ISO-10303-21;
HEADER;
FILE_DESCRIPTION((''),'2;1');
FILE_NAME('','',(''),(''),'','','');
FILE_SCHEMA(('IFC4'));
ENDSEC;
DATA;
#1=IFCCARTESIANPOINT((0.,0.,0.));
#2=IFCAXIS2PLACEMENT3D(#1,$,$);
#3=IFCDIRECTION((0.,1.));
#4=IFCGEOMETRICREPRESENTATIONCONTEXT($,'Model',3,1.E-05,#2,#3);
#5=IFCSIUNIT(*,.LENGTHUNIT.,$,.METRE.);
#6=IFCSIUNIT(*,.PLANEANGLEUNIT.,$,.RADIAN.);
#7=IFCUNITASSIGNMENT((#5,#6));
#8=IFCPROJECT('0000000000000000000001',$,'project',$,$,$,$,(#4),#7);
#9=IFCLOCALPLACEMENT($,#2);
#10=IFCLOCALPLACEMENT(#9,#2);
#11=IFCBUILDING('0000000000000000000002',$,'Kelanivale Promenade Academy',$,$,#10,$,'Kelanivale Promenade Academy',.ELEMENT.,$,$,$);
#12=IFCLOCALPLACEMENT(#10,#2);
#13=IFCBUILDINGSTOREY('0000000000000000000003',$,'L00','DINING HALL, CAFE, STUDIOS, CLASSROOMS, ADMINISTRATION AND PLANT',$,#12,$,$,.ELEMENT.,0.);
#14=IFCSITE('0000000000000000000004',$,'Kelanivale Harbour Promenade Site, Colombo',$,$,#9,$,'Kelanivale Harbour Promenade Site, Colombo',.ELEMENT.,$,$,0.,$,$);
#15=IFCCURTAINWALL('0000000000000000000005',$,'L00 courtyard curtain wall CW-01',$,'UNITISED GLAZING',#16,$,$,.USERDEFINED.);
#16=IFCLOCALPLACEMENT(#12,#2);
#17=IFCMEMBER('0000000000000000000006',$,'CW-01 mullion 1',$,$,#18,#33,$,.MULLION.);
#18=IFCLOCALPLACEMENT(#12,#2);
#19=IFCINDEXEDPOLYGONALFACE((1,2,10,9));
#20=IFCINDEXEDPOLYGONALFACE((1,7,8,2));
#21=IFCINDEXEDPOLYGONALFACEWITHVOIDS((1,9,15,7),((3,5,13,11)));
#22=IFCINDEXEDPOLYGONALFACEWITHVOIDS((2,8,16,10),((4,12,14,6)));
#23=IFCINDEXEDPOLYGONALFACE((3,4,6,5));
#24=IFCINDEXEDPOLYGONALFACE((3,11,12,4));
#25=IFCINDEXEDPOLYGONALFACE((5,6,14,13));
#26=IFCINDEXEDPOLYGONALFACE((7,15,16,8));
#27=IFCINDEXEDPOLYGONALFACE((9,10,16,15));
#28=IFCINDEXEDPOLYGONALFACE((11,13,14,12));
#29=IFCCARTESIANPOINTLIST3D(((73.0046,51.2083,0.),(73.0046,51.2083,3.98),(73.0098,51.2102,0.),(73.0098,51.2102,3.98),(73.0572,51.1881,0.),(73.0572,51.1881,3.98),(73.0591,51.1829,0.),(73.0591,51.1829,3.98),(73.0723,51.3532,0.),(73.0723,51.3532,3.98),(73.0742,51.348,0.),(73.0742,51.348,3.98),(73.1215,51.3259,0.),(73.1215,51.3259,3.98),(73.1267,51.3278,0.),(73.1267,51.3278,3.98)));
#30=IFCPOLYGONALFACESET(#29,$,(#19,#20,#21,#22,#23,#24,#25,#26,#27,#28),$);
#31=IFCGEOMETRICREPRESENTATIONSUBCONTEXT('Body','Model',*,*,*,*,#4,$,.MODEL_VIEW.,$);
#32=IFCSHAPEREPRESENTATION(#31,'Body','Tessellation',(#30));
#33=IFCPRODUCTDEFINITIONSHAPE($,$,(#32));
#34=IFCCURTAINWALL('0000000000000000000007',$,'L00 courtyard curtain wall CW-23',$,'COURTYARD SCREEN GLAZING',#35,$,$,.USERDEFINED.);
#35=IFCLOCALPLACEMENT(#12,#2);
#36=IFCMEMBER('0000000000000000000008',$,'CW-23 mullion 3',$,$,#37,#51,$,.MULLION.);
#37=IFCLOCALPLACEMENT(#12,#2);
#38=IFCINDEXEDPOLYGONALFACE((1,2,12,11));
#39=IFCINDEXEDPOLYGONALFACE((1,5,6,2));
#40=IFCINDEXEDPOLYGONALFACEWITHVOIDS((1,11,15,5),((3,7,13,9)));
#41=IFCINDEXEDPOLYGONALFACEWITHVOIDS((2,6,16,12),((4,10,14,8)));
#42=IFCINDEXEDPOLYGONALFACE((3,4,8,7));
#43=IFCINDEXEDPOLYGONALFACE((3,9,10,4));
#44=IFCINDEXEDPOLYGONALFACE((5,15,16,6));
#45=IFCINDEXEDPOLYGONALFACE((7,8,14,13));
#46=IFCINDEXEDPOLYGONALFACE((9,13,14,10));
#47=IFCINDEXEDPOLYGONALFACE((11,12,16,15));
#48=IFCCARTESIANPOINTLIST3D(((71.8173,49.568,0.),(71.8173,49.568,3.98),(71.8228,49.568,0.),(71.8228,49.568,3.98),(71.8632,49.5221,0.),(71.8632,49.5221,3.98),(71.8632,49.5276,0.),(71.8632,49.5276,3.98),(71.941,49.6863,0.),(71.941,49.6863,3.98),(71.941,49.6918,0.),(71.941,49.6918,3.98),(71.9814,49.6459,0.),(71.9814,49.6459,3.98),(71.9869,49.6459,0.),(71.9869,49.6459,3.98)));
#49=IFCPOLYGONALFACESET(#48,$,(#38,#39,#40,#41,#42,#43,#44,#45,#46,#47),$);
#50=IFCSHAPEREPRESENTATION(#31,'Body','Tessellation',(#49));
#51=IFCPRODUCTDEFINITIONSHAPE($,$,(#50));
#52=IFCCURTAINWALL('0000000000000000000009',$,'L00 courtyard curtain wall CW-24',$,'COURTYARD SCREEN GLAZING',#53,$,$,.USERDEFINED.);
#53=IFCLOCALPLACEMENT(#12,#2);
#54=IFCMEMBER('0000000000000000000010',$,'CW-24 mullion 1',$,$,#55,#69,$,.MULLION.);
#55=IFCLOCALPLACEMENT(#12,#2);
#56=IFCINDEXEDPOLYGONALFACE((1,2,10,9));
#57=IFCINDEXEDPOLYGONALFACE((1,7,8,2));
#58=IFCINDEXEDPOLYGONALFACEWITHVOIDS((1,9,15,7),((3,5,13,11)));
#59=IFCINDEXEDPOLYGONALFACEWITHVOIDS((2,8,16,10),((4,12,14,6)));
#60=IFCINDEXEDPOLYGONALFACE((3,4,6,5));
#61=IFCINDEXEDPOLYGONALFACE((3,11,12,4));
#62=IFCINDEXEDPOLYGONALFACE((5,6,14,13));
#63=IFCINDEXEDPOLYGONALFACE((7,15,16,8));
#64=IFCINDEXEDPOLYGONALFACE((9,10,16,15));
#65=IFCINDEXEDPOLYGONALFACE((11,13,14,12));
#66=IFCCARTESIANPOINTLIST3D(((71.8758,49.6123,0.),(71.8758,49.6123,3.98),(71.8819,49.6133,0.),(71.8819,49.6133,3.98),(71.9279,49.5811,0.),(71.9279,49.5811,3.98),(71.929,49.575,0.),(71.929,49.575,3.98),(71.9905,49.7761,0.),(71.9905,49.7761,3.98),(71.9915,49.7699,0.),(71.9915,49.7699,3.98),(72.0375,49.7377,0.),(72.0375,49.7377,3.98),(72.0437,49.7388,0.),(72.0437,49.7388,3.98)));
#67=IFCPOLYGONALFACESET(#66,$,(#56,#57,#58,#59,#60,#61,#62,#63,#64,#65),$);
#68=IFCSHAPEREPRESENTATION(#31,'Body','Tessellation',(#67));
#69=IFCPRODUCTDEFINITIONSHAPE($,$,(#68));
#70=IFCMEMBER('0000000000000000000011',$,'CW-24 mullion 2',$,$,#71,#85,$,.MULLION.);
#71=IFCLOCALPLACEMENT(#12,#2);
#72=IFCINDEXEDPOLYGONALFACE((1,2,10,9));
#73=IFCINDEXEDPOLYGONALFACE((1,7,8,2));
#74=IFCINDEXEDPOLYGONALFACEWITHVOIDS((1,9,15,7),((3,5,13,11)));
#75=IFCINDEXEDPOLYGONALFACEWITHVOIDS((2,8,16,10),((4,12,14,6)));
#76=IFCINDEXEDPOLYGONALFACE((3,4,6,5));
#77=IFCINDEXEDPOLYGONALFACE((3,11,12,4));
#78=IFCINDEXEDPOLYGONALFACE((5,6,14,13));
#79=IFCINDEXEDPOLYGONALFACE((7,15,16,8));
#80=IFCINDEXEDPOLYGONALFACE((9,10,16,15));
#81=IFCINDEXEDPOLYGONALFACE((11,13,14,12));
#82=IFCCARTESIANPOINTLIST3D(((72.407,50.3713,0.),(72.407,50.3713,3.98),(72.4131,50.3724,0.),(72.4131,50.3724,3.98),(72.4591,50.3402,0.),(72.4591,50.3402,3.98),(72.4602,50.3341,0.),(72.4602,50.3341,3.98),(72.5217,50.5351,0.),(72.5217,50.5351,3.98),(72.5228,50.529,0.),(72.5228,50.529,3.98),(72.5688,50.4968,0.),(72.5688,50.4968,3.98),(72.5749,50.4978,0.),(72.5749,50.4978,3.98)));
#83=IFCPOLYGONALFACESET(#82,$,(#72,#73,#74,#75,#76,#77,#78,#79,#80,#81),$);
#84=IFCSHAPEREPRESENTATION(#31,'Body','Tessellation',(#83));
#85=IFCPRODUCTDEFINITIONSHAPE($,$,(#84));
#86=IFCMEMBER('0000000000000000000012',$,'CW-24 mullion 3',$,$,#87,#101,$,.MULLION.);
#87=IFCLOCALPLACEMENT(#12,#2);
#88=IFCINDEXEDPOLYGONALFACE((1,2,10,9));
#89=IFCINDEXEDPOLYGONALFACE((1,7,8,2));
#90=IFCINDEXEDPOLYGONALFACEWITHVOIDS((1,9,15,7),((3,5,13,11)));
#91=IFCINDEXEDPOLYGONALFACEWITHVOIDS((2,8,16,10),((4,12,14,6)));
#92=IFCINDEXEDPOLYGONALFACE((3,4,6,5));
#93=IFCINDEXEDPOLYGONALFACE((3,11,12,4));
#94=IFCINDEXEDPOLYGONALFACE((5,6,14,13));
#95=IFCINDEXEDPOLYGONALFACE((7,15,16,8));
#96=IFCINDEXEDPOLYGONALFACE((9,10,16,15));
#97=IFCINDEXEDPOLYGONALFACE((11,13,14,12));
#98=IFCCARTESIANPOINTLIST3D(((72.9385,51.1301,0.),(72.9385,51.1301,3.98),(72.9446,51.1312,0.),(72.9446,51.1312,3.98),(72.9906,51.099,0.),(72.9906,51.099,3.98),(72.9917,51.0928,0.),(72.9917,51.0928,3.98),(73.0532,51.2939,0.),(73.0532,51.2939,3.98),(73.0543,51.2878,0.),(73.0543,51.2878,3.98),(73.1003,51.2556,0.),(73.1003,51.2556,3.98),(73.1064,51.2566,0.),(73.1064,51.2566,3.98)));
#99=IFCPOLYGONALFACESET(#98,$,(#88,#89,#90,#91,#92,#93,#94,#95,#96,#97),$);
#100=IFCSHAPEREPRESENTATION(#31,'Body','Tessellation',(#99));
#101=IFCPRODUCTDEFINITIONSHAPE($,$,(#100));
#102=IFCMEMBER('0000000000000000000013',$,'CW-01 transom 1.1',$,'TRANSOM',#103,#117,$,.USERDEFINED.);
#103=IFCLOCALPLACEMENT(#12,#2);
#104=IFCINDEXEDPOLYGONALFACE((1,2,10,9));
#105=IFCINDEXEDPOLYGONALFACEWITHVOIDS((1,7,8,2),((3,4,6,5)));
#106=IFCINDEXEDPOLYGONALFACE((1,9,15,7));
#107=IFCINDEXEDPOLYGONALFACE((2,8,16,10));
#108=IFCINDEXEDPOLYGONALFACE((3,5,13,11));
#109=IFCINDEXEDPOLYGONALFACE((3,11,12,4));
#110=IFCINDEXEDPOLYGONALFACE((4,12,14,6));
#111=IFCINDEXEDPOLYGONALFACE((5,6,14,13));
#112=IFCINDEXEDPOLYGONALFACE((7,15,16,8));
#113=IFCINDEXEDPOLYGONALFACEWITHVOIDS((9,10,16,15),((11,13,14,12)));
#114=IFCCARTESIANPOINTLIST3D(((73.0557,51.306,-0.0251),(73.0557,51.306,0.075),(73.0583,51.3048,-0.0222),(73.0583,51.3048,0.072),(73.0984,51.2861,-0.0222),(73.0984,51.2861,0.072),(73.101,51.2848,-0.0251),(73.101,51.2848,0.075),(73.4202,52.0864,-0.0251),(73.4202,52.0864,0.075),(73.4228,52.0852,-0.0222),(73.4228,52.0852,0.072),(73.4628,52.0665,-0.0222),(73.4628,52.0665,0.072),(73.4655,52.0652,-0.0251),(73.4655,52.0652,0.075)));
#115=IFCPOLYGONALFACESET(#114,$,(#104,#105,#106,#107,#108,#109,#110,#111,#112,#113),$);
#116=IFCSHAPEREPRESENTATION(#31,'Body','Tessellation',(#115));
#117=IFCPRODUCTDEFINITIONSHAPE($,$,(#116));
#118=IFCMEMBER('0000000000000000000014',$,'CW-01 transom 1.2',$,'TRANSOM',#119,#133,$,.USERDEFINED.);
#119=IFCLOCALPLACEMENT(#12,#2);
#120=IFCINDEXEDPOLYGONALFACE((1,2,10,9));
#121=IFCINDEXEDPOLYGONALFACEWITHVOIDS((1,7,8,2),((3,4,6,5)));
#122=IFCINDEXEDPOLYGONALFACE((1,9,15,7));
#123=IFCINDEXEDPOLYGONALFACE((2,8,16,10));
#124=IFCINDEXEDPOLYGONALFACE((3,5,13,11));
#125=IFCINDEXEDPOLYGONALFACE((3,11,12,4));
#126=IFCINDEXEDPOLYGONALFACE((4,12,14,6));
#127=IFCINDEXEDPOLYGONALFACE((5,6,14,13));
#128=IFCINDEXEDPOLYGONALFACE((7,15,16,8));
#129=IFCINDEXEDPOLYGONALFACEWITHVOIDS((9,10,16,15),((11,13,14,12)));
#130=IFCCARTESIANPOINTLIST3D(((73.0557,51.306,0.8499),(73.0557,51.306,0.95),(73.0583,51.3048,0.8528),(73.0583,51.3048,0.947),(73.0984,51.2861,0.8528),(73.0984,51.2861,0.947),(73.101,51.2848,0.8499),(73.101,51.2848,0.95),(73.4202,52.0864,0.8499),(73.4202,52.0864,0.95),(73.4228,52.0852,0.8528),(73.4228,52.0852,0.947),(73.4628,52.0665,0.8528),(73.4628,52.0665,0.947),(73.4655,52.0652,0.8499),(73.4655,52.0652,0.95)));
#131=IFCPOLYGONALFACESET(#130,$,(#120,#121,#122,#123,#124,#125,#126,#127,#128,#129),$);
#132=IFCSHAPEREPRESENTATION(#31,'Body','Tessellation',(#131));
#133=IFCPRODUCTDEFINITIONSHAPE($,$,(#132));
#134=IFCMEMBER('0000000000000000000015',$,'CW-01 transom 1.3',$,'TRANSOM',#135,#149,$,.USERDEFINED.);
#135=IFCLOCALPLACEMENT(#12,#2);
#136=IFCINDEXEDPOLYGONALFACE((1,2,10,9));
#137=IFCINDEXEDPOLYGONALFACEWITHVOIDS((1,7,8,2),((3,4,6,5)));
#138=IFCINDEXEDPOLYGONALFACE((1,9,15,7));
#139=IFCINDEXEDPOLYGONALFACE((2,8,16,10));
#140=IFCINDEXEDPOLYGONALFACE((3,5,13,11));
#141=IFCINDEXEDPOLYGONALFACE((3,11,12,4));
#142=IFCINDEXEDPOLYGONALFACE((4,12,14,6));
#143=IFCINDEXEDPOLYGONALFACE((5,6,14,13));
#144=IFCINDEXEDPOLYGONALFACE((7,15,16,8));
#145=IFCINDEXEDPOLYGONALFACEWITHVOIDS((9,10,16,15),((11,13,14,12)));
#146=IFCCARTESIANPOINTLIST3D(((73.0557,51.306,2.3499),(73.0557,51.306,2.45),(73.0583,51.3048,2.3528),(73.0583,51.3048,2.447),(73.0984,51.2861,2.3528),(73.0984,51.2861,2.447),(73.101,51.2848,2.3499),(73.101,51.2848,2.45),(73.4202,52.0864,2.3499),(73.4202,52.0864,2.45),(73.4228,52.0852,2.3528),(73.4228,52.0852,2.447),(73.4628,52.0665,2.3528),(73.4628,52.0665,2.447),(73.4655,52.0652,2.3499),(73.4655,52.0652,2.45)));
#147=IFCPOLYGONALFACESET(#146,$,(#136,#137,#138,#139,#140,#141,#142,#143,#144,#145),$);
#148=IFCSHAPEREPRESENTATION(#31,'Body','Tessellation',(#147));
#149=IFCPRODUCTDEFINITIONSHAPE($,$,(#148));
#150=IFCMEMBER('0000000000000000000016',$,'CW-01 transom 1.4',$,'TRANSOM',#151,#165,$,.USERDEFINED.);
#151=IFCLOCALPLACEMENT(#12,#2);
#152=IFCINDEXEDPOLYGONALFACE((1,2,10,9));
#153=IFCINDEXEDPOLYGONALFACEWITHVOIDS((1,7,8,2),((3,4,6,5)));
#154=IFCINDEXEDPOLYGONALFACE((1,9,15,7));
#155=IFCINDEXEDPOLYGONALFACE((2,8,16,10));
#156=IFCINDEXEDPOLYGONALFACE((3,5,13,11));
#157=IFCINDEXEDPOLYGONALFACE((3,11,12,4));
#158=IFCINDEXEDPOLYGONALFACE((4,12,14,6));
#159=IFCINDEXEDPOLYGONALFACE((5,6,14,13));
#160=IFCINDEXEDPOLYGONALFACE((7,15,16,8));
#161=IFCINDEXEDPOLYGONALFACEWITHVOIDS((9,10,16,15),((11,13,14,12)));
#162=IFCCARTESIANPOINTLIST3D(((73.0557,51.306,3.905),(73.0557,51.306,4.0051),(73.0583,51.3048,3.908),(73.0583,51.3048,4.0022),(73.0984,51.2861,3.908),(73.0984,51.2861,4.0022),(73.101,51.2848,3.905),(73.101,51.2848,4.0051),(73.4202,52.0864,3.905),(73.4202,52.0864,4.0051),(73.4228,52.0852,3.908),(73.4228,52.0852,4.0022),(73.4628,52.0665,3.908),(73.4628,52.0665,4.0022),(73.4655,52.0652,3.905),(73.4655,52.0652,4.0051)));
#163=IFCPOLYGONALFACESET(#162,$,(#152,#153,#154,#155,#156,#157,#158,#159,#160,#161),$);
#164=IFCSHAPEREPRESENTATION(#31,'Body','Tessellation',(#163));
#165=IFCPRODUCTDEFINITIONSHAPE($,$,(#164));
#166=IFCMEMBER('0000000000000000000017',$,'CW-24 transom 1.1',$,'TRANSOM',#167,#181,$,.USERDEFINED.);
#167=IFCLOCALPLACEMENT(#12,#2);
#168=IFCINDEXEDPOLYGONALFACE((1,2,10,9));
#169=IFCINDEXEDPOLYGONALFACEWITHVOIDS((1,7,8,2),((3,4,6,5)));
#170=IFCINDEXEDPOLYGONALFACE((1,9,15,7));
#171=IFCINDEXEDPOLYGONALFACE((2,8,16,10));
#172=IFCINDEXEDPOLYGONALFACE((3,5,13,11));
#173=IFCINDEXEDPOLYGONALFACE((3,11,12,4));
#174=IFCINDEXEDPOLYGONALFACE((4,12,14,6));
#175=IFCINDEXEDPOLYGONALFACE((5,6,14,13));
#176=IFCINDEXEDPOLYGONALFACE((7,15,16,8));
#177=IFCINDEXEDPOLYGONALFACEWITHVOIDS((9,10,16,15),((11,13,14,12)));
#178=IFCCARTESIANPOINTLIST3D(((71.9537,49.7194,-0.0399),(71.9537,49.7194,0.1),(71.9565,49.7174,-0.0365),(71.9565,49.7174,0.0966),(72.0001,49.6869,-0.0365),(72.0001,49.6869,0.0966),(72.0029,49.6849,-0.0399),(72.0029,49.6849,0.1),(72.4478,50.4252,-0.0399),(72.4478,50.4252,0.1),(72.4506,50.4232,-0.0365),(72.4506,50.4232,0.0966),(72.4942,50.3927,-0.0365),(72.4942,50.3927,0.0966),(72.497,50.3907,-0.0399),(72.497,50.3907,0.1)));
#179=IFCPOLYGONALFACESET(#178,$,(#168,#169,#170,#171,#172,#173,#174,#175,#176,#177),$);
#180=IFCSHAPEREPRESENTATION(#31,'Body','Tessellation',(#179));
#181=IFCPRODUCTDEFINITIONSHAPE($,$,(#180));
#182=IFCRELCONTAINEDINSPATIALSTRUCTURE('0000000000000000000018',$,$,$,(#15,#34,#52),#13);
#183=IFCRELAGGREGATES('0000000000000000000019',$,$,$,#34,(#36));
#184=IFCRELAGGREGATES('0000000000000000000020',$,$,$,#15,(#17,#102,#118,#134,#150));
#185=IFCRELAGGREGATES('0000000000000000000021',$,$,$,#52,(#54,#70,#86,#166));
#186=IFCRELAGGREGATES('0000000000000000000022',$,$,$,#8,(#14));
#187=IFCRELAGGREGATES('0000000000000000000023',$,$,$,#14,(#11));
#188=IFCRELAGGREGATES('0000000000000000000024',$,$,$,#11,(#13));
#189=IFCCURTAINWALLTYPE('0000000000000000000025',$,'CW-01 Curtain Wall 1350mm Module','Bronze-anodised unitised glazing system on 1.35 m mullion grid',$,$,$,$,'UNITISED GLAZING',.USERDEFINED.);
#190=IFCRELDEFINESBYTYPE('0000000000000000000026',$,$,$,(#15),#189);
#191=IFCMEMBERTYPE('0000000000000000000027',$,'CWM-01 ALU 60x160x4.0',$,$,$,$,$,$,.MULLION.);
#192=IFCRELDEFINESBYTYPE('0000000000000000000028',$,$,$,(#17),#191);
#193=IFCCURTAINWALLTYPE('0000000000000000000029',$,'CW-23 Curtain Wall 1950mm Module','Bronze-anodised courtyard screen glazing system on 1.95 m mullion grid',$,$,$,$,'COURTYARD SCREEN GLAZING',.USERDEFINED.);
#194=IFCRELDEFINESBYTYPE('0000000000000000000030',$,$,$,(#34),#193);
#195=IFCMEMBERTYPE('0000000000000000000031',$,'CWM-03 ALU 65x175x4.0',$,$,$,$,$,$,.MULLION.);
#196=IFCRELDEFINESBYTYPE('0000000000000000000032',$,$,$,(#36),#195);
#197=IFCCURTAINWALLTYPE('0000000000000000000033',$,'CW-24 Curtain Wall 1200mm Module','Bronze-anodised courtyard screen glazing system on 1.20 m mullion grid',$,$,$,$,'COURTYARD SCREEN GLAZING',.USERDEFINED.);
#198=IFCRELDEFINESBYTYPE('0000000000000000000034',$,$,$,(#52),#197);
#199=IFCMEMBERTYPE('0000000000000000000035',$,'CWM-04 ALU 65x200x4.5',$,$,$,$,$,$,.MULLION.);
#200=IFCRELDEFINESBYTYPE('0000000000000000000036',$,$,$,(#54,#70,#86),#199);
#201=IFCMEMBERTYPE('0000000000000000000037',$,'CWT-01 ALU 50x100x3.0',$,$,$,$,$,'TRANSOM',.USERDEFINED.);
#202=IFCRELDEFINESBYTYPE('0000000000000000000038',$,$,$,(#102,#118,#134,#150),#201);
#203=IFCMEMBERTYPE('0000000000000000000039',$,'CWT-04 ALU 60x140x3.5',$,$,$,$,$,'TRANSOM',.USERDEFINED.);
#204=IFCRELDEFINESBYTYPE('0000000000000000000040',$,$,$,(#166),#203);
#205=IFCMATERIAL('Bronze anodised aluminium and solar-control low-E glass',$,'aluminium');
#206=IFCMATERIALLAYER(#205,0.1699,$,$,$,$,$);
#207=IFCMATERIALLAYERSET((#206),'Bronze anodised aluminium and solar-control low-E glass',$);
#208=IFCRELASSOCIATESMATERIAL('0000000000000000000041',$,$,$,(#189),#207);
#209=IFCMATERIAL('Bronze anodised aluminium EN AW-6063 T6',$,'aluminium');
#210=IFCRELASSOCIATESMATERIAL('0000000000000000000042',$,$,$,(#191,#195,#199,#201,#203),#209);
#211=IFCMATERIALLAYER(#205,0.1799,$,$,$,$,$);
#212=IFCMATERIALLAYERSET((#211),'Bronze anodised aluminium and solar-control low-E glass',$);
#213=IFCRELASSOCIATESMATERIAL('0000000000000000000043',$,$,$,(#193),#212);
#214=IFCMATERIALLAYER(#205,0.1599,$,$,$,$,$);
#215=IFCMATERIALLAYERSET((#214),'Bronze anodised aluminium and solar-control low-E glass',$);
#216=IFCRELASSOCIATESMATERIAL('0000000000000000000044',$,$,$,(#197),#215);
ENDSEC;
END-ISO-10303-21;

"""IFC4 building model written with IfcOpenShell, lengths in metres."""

from ifc_helpers import new_model, si_unit, direction, frame, origin, origin_2d, place, context, subcontext, project, spatial, hollow_rectangle, extrude, material, layer, layer_set, material_profile, profile_set, type_object, element, aggregate, save


model = new_model("IFC4")

# Units and contexts
model_context = context("Model", 3, precision=1e-05, world=origin(), true_north=direction((0.0, 1.0)))
body_context = subcontext(model_context, "Body", "Model", "MODEL_VIEW")
ifc_project = project(units=[si_unit("LENGTHUNIT", "METRE"), si_unit("PLANEANGLEUNIT", "RADIAN")], contexts=[model_context])

# Site, building, storey
site_placement = place(None, origin())
site = spatial("IfcSite", under=ifc_project, at=site_placement, Name="Kelanivale Harbour Promenade Site, Colombo", LongName="Kelanivale Harbour Promenade Site, Colombo", CompositionType="ELEMENT", RefElevation=0.0)
building_placement = place(site_placement, origin())
building = spatial("IfcBuilding", under=site, at=building_placement, Name="Kelanivale Promenade Academy", LongName="Kelanivale Promenade Academy", CompositionType="ELEMENT")
storey_placement = place(building_placement, origin())
storey = spatial("IfcBuildingStorey", under=building, at=storey_placement, Name="L00", Description="DINING HALL, CAFE, STUDIOS, CLASSROOMS, ADMINISTRATION AND PLANT", CompositionType="ELEMENT", Elevation=0.0)

# Curtain walls, members
ifc_material_1 = material(Name="Bronze anodised aluminium and solar-control low-E glass", Category="aluminium")
ifc_layer_1 = layer(ifc_material_1, 0.1699)
ifc_layer_set_1 = layer_set([ifc_layer_1], Name="Bronze anodised aluminium and solar-control low-E glass")
curtain_wall_type_1 = type_object("IfcCurtainWallType", Name="CW-01 Curtain Wall 1350mm Module", Description="Bronze-anodised unitised glazing system on 1.35 m mullion grid", ElementType="UNITISED GLAZING", PredefinedType="USERDEFINED", material=ifc_layer_set_1)
curtain_wall_1_placement = place(storey_placement, origin())
curtain_wall_1 = element("IfcCurtainWall", 1, at=curtain_wall_1_placement, inside=storey, type_object=curtain_wall_type_1, Name="L00 courtyard curtain wall CW-01", ObjectType="UNITISED GLAZING", PredefinedType="USERDEFINED")
ifc_material_2 = material(Name="Bronze anodised aluminium EN AW-6063 T6", Category="aluminium")
ifc_material_profile_1 = material_profile(ifc_material_2, hollow_rectangle(XDim=0.0601, YDim=0.1599, WallThickness=0.0039, at=origin_2d()), Name="ALU 60x160x4.0")
ifc_profile_set_1 = profile_set([ifc_material_profile_1], Name="Bronze anodised aluminium EN AW-6063 T6")
member_type_1 = type_object("IfcMemberType", Name="CWM-01 ALU 60x160x4.0", PredefinedType="MULLION", material=ifc_profile_set_1)
member_1_placement = place(storey_placement, frame((73.0657, 51.2681, 0.0), z_axis=(0.0, 0.0, 1.0), x_axis=(-0.906089, 0.423087, 0.0)))
member_1 = element("IfcMember", 2, at=member_1_placement, type_object=member_type_1, Name="CW-01 mullion 1", PredefinedType="MULLION", context=body_context, shape_type="SweptSolid", body=[
    extrude(hollow_rectangle(XDim=0.0601, YDim=0.1599, WallThickness=0.0039, at=origin_2d()), origin(), (0.0, 0.0, 1.0), 3.98),
])
ifc_layer_2 = layer(ifc_material_1, 0.1799)
ifc_layer_set_2 = layer_set([ifc_layer_2], Name="Bronze anodised aluminium and solar-control low-E glass")
curtain_wall_type_2 = type_object("IfcCurtainWallType", Name="CW-23 Curtain Wall 1950mm Module", Description="Bronze-anodised courtyard screen glazing system on 1.95 m mullion grid", ElementType="COURTYARD SCREEN GLAZING", PredefinedType="USERDEFINED", material=ifc_layer_set_2)
curtain_wall_2_placement = place(storey_placement, origin())
curtain_wall_2 = element("IfcCurtainWall", 3, at=curtain_wall_2_placement, inside=storey, type_object=curtain_wall_type_2, Name="L00 courtyard curtain wall CW-23", ObjectType="COURTYARD SCREEN GLAZING", PredefinedType="USERDEFINED")
ifc_material_profile_2 = material_profile(ifc_material_2, hollow_rectangle(XDim=0.0649, YDim=0.175, WallThickness=0.0039, at=origin_2d()), Name="ALU 65x175x4.0")
ifc_profile_set_2 = profile_set([ifc_material_profile_2], Name="Bronze anodised aluminium EN AW-6063 T6")
member_type_2 = type_object("IfcMemberType", Name="CWM-03 ALU 65x175x4.0", PredefinedType="MULLION", material=ifc_profile_set_2)
member_2_placement = place(storey_placement, frame((71.9021, 49.6069, 0.0), z_axis=(0.0, 0.0, 1.0), x_axis=(-0.707107, 0.707107, 0.0)))
member_2 = element("IfcMember", 4, at=member_2_placement, type_object=member_type_2, Name="CW-23 mullion 3", PredefinedType="MULLION", context=body_context, shape_type="SweptSolid", body=[
    extrude(hollow_rectangle(XDim=0.0649, YDim=0.175, WallThickness=0.0039, at=origin_2d()), origin(), (0.0, 0.0, 1.0), 3.98),
])
aggregate(curtain_wall_2, [member_2])

# Curtain wall, members
ifc_layer_3 = layer(ifc_material_1, 0.1599)
ifc_layer_set_3 = layer_set([ifc_layer_3], Name="Bronze anodised aluminium and solar-control low-E glass")
curtain_wall_type_3 = type_object("IfcCurtainWallType", Name="CW-24 Curtain Wall 1200mm Module", Description="Bronze-anodised courtyard screen glazing system on 1.20 m mullion grid", ElementType="COURTYARD SCREEN GLAZING", PredefinedType="USERDEFINED", material=ifc_layer_set_3)
curtain_wall_3_placement = place(storey_placement, origin())
curtain_wall_3 = element("IfcCurtainWall", 5, at=curtain_wall_3_placement, inside=storey, type_object=curtain_wall_type_3, Name="L00 courtyard curtain wall CW-24", ObjectType="COURTYARD SCREEN GLAZING", PredefinedType="USERDEFINED")
ifc_material_profile_3 = material_profile(ifc_material_2, hollow_rectangle(XDim=0.0649, YDim=0.2, WallThickness=0.0044, at=origin_2d()), Name="ALU 65x200x4.5")
ifc_profile_set_3 = profile_set([ifc_material_profile_3], Name="Bronze anodised aluminium EN AW-6063 T6")
member_type_3 = type_object("IfcMemberType", Name="CWM-04 ALU 65x200x4.5", PredefinedType="MULLION", material=ifc_profile_set_3)
member_3_placement = place(storey_placement, frame((71.9597, 49.6755, 0.0), z_axis=(0.0, 0.0, 1.0), x_axis=(-0.819158, 0.573567, 0.0)))
member_3 = element("IfcMember", 6, at=member_3_placement, type_object=member_type_3, Name="CW-24 mullion 1", PredefinedType="MULLION", context=body_context, shape_type="SweptSolid", body=[
    extrude(hollow_rectangle(XDim=0.0649, YDim=0.2, WallThickness=0.0044, at=origin_2d()), origin(), (0.0, 0.0, 1.0), 3.98),
])
member_4_placement = place(storey_placement, frame((72.491, 50.4346, 0.0), z_axis=(0.0, 0.0, 1.0), x_axis=(-0.819158, 0.573567, 0.0)))
member_4 = element("IfcMember", 7, at=member_4_placement, type_object=member_type_3, Name="CW-24 mullion 2", PredefinedType="MULLION", context=body_context, shape_type="SweptSolid", body=[
    extrude(hollow_rectangle(XDim=0.0649, YDim=0.2, WallThickness=0.0044, at=origin_2d()), origin(), (0.0, 0.0, 1.0), 3.98),
])
member_5_placement = place(storey_placement, frame((73.0225, 51.1934, 0.0), z_axis=(0.0, 0.0, 1.0), x_axis=(-0.819158, 0.573567, 0.0)))
member_5 = element("IfcMember", 8, at=member_5_placement, type_object=member_type_3, Name="CW-24 mullion 3", PredefinedType="MULLION", context=body_context, shape_type="SweptSolid", body=[
    extrude(hollow_rectangle(XDim=0.0649, YDim=0.2, WallThickness=0.0044, at=origin_2d()), origin(), (0.0, 0.0, 1.0), 3.98),
])

# Members
ifc_material_profile_4 = material_profile(ifc_material_2, hollow_rectangle(XDim=0.05, YDim=0.1001, WallThickness=0.0029, at=origin_2d()), Name="ALU 50x100x3.0")
ifc_profile_set_4 = profile_set([ifc_material_profile_4], Name="Bronze anodised aluminium EN AW-6063 T6")
member_type_4 = type_object("IfcMemberType", Name="CWT-01 ALU 50x100x3.0", ElementType="TRANSOM", PredefinedType="USERDEFINED", material=ifc_profile_set_4)
member_6_placement = place(storey_placement, frame((73.0784, 51.2954, 0.0249), z_axis=(0.423134, 0.906067, 0.0), x_axis=(-0.906067, 0.423134, 0.0)))
member_6 = element("IfcMember", 9, at=member_6_placement, type_object=member_type_4, Name="CW-01 transom 1.1", ObjectType="TRANSOM", PredefinedType="USERDEFINED", context=body_context, shape_type="SweptSolid", body=[
    extrude(hollow_rectangle(XDim=0.05, YDim=0.1001, WallThickness=0.0029, at=origin_2d()), origin(), (0.0, 0.0, 1.0), 0.8613),
])
member_7_placement = place(storey_placement, frame((73.0784, 51.2954, 0.8999), z_axis=(0.423134, 0.906067, 0.0), x_axis=(-0.906067, 0.423134, 0.0)))
member_7 = element("IfcMember", 10, at=member_7_placement, type_object=member_type_4, Name="CW-01 transom 1.2", ObjectType="TRANSOM", PredefinedType="USERDEFINED", context=body_context, shape_type="SweptSolid", body=[
    extrude(hollow_rectangle(XDim=0.05, YDim=0.1001, WallThickness=0.0029, at=origin_2d()), origin(), (0.0, 0.0, 1.0), 0.8613),
])
member_8_placement = place(storey_placement, frame((73.0784, 51.2954, 2.3999), z_axis=(0.423134, 0.906067, 0.0), x_axis=(-0.906067, 0.423134, 0.0)))
member_8 = element("IfcMember", 11, at=member_8_placement, type_object=member_type_4, Name="CW-01 transom 1.3", ObjectType="TRANSOM", PredefinedType="USERDEFINED", context=body_context, shape_type="SweptSolid", body=[
    extrude(hollow_rectangle(XDim=0.05, YDim=0.1001, WallThickness=0.0029, at=origin_2d()), origin(), (0.0, 0.0, 1.0), 0.8613),
])
member_9_placement = place(storey_placement, frame((73.0784, 51.2954, 3.9551), z_axis=(0.423134, 0.906067, 0.0), x_axis=(-0.906067, 0.423134, 0.0)))
member_9 = element("IfcMember", 12, at=member_9_placement, type_object=member_type_4, Name="CW-01 transom 1.4", ObjectType="TRANSOM", PredefinedType="USERDEFINED", context=body_context, shape_type="SweptSolid", body=[
    extrude(hollow_rectangle(XDim=0.05, YDim=0.1001, WallThickness=0.0029, at=origin_2d()), origin(), (0.0, 0.0, 1.0), 0.8613),
])
aggregate(curtain_wall_1, [member_1, member_6, member_7, member_8, member_9])
ifc_material_profile_5 = material_profile(ifc_material_2, hollow_rectangle(XDim=0.0601, YDim=0.1399, WallThickness=0.0034, at=origin_2d()), Name="ALU 60x140x3.5")
ifc_profile_set_5 = profile_set([ifc_material_profile_5], Name="Bronze anodised aluminium EN AW-6063 T6")
member_type_5 = type_object("IfcMemberType", Name="CWT-04 ALU 60x140x3.5", ElementType="TRANSOM", PredefinedType="USERDEFINED", material=ifc_profile_set_5)
member_10_placement = place(storey_placement, frame((71.9783, 49.7021, 0.03), z_axis=(0.573519, 0.819192, 0.0), x_axis=(-0.819192, 0.573519, 0.0)))
member_10 = element("IfcMember", 13, at=member_10_placement, type_object=member_type_5, Name="CW-24 transom 1.1", ObjectType="TRANSOM", PredefinedType="USERDEFINED", context=body_context, shape_type="SweptSolid", body=[
    extrude(hollow_rectangle(XDim=0.0601, YDim=0.1399, WallThickness=0.0034, at=origin_2d()), origin(), (0.0, 0.0, 1.0), 0.8616),
])

aggregate(curtain_wall_3, [member_3, member_4, member_5, member_10])

save(model, "model.ifc")
